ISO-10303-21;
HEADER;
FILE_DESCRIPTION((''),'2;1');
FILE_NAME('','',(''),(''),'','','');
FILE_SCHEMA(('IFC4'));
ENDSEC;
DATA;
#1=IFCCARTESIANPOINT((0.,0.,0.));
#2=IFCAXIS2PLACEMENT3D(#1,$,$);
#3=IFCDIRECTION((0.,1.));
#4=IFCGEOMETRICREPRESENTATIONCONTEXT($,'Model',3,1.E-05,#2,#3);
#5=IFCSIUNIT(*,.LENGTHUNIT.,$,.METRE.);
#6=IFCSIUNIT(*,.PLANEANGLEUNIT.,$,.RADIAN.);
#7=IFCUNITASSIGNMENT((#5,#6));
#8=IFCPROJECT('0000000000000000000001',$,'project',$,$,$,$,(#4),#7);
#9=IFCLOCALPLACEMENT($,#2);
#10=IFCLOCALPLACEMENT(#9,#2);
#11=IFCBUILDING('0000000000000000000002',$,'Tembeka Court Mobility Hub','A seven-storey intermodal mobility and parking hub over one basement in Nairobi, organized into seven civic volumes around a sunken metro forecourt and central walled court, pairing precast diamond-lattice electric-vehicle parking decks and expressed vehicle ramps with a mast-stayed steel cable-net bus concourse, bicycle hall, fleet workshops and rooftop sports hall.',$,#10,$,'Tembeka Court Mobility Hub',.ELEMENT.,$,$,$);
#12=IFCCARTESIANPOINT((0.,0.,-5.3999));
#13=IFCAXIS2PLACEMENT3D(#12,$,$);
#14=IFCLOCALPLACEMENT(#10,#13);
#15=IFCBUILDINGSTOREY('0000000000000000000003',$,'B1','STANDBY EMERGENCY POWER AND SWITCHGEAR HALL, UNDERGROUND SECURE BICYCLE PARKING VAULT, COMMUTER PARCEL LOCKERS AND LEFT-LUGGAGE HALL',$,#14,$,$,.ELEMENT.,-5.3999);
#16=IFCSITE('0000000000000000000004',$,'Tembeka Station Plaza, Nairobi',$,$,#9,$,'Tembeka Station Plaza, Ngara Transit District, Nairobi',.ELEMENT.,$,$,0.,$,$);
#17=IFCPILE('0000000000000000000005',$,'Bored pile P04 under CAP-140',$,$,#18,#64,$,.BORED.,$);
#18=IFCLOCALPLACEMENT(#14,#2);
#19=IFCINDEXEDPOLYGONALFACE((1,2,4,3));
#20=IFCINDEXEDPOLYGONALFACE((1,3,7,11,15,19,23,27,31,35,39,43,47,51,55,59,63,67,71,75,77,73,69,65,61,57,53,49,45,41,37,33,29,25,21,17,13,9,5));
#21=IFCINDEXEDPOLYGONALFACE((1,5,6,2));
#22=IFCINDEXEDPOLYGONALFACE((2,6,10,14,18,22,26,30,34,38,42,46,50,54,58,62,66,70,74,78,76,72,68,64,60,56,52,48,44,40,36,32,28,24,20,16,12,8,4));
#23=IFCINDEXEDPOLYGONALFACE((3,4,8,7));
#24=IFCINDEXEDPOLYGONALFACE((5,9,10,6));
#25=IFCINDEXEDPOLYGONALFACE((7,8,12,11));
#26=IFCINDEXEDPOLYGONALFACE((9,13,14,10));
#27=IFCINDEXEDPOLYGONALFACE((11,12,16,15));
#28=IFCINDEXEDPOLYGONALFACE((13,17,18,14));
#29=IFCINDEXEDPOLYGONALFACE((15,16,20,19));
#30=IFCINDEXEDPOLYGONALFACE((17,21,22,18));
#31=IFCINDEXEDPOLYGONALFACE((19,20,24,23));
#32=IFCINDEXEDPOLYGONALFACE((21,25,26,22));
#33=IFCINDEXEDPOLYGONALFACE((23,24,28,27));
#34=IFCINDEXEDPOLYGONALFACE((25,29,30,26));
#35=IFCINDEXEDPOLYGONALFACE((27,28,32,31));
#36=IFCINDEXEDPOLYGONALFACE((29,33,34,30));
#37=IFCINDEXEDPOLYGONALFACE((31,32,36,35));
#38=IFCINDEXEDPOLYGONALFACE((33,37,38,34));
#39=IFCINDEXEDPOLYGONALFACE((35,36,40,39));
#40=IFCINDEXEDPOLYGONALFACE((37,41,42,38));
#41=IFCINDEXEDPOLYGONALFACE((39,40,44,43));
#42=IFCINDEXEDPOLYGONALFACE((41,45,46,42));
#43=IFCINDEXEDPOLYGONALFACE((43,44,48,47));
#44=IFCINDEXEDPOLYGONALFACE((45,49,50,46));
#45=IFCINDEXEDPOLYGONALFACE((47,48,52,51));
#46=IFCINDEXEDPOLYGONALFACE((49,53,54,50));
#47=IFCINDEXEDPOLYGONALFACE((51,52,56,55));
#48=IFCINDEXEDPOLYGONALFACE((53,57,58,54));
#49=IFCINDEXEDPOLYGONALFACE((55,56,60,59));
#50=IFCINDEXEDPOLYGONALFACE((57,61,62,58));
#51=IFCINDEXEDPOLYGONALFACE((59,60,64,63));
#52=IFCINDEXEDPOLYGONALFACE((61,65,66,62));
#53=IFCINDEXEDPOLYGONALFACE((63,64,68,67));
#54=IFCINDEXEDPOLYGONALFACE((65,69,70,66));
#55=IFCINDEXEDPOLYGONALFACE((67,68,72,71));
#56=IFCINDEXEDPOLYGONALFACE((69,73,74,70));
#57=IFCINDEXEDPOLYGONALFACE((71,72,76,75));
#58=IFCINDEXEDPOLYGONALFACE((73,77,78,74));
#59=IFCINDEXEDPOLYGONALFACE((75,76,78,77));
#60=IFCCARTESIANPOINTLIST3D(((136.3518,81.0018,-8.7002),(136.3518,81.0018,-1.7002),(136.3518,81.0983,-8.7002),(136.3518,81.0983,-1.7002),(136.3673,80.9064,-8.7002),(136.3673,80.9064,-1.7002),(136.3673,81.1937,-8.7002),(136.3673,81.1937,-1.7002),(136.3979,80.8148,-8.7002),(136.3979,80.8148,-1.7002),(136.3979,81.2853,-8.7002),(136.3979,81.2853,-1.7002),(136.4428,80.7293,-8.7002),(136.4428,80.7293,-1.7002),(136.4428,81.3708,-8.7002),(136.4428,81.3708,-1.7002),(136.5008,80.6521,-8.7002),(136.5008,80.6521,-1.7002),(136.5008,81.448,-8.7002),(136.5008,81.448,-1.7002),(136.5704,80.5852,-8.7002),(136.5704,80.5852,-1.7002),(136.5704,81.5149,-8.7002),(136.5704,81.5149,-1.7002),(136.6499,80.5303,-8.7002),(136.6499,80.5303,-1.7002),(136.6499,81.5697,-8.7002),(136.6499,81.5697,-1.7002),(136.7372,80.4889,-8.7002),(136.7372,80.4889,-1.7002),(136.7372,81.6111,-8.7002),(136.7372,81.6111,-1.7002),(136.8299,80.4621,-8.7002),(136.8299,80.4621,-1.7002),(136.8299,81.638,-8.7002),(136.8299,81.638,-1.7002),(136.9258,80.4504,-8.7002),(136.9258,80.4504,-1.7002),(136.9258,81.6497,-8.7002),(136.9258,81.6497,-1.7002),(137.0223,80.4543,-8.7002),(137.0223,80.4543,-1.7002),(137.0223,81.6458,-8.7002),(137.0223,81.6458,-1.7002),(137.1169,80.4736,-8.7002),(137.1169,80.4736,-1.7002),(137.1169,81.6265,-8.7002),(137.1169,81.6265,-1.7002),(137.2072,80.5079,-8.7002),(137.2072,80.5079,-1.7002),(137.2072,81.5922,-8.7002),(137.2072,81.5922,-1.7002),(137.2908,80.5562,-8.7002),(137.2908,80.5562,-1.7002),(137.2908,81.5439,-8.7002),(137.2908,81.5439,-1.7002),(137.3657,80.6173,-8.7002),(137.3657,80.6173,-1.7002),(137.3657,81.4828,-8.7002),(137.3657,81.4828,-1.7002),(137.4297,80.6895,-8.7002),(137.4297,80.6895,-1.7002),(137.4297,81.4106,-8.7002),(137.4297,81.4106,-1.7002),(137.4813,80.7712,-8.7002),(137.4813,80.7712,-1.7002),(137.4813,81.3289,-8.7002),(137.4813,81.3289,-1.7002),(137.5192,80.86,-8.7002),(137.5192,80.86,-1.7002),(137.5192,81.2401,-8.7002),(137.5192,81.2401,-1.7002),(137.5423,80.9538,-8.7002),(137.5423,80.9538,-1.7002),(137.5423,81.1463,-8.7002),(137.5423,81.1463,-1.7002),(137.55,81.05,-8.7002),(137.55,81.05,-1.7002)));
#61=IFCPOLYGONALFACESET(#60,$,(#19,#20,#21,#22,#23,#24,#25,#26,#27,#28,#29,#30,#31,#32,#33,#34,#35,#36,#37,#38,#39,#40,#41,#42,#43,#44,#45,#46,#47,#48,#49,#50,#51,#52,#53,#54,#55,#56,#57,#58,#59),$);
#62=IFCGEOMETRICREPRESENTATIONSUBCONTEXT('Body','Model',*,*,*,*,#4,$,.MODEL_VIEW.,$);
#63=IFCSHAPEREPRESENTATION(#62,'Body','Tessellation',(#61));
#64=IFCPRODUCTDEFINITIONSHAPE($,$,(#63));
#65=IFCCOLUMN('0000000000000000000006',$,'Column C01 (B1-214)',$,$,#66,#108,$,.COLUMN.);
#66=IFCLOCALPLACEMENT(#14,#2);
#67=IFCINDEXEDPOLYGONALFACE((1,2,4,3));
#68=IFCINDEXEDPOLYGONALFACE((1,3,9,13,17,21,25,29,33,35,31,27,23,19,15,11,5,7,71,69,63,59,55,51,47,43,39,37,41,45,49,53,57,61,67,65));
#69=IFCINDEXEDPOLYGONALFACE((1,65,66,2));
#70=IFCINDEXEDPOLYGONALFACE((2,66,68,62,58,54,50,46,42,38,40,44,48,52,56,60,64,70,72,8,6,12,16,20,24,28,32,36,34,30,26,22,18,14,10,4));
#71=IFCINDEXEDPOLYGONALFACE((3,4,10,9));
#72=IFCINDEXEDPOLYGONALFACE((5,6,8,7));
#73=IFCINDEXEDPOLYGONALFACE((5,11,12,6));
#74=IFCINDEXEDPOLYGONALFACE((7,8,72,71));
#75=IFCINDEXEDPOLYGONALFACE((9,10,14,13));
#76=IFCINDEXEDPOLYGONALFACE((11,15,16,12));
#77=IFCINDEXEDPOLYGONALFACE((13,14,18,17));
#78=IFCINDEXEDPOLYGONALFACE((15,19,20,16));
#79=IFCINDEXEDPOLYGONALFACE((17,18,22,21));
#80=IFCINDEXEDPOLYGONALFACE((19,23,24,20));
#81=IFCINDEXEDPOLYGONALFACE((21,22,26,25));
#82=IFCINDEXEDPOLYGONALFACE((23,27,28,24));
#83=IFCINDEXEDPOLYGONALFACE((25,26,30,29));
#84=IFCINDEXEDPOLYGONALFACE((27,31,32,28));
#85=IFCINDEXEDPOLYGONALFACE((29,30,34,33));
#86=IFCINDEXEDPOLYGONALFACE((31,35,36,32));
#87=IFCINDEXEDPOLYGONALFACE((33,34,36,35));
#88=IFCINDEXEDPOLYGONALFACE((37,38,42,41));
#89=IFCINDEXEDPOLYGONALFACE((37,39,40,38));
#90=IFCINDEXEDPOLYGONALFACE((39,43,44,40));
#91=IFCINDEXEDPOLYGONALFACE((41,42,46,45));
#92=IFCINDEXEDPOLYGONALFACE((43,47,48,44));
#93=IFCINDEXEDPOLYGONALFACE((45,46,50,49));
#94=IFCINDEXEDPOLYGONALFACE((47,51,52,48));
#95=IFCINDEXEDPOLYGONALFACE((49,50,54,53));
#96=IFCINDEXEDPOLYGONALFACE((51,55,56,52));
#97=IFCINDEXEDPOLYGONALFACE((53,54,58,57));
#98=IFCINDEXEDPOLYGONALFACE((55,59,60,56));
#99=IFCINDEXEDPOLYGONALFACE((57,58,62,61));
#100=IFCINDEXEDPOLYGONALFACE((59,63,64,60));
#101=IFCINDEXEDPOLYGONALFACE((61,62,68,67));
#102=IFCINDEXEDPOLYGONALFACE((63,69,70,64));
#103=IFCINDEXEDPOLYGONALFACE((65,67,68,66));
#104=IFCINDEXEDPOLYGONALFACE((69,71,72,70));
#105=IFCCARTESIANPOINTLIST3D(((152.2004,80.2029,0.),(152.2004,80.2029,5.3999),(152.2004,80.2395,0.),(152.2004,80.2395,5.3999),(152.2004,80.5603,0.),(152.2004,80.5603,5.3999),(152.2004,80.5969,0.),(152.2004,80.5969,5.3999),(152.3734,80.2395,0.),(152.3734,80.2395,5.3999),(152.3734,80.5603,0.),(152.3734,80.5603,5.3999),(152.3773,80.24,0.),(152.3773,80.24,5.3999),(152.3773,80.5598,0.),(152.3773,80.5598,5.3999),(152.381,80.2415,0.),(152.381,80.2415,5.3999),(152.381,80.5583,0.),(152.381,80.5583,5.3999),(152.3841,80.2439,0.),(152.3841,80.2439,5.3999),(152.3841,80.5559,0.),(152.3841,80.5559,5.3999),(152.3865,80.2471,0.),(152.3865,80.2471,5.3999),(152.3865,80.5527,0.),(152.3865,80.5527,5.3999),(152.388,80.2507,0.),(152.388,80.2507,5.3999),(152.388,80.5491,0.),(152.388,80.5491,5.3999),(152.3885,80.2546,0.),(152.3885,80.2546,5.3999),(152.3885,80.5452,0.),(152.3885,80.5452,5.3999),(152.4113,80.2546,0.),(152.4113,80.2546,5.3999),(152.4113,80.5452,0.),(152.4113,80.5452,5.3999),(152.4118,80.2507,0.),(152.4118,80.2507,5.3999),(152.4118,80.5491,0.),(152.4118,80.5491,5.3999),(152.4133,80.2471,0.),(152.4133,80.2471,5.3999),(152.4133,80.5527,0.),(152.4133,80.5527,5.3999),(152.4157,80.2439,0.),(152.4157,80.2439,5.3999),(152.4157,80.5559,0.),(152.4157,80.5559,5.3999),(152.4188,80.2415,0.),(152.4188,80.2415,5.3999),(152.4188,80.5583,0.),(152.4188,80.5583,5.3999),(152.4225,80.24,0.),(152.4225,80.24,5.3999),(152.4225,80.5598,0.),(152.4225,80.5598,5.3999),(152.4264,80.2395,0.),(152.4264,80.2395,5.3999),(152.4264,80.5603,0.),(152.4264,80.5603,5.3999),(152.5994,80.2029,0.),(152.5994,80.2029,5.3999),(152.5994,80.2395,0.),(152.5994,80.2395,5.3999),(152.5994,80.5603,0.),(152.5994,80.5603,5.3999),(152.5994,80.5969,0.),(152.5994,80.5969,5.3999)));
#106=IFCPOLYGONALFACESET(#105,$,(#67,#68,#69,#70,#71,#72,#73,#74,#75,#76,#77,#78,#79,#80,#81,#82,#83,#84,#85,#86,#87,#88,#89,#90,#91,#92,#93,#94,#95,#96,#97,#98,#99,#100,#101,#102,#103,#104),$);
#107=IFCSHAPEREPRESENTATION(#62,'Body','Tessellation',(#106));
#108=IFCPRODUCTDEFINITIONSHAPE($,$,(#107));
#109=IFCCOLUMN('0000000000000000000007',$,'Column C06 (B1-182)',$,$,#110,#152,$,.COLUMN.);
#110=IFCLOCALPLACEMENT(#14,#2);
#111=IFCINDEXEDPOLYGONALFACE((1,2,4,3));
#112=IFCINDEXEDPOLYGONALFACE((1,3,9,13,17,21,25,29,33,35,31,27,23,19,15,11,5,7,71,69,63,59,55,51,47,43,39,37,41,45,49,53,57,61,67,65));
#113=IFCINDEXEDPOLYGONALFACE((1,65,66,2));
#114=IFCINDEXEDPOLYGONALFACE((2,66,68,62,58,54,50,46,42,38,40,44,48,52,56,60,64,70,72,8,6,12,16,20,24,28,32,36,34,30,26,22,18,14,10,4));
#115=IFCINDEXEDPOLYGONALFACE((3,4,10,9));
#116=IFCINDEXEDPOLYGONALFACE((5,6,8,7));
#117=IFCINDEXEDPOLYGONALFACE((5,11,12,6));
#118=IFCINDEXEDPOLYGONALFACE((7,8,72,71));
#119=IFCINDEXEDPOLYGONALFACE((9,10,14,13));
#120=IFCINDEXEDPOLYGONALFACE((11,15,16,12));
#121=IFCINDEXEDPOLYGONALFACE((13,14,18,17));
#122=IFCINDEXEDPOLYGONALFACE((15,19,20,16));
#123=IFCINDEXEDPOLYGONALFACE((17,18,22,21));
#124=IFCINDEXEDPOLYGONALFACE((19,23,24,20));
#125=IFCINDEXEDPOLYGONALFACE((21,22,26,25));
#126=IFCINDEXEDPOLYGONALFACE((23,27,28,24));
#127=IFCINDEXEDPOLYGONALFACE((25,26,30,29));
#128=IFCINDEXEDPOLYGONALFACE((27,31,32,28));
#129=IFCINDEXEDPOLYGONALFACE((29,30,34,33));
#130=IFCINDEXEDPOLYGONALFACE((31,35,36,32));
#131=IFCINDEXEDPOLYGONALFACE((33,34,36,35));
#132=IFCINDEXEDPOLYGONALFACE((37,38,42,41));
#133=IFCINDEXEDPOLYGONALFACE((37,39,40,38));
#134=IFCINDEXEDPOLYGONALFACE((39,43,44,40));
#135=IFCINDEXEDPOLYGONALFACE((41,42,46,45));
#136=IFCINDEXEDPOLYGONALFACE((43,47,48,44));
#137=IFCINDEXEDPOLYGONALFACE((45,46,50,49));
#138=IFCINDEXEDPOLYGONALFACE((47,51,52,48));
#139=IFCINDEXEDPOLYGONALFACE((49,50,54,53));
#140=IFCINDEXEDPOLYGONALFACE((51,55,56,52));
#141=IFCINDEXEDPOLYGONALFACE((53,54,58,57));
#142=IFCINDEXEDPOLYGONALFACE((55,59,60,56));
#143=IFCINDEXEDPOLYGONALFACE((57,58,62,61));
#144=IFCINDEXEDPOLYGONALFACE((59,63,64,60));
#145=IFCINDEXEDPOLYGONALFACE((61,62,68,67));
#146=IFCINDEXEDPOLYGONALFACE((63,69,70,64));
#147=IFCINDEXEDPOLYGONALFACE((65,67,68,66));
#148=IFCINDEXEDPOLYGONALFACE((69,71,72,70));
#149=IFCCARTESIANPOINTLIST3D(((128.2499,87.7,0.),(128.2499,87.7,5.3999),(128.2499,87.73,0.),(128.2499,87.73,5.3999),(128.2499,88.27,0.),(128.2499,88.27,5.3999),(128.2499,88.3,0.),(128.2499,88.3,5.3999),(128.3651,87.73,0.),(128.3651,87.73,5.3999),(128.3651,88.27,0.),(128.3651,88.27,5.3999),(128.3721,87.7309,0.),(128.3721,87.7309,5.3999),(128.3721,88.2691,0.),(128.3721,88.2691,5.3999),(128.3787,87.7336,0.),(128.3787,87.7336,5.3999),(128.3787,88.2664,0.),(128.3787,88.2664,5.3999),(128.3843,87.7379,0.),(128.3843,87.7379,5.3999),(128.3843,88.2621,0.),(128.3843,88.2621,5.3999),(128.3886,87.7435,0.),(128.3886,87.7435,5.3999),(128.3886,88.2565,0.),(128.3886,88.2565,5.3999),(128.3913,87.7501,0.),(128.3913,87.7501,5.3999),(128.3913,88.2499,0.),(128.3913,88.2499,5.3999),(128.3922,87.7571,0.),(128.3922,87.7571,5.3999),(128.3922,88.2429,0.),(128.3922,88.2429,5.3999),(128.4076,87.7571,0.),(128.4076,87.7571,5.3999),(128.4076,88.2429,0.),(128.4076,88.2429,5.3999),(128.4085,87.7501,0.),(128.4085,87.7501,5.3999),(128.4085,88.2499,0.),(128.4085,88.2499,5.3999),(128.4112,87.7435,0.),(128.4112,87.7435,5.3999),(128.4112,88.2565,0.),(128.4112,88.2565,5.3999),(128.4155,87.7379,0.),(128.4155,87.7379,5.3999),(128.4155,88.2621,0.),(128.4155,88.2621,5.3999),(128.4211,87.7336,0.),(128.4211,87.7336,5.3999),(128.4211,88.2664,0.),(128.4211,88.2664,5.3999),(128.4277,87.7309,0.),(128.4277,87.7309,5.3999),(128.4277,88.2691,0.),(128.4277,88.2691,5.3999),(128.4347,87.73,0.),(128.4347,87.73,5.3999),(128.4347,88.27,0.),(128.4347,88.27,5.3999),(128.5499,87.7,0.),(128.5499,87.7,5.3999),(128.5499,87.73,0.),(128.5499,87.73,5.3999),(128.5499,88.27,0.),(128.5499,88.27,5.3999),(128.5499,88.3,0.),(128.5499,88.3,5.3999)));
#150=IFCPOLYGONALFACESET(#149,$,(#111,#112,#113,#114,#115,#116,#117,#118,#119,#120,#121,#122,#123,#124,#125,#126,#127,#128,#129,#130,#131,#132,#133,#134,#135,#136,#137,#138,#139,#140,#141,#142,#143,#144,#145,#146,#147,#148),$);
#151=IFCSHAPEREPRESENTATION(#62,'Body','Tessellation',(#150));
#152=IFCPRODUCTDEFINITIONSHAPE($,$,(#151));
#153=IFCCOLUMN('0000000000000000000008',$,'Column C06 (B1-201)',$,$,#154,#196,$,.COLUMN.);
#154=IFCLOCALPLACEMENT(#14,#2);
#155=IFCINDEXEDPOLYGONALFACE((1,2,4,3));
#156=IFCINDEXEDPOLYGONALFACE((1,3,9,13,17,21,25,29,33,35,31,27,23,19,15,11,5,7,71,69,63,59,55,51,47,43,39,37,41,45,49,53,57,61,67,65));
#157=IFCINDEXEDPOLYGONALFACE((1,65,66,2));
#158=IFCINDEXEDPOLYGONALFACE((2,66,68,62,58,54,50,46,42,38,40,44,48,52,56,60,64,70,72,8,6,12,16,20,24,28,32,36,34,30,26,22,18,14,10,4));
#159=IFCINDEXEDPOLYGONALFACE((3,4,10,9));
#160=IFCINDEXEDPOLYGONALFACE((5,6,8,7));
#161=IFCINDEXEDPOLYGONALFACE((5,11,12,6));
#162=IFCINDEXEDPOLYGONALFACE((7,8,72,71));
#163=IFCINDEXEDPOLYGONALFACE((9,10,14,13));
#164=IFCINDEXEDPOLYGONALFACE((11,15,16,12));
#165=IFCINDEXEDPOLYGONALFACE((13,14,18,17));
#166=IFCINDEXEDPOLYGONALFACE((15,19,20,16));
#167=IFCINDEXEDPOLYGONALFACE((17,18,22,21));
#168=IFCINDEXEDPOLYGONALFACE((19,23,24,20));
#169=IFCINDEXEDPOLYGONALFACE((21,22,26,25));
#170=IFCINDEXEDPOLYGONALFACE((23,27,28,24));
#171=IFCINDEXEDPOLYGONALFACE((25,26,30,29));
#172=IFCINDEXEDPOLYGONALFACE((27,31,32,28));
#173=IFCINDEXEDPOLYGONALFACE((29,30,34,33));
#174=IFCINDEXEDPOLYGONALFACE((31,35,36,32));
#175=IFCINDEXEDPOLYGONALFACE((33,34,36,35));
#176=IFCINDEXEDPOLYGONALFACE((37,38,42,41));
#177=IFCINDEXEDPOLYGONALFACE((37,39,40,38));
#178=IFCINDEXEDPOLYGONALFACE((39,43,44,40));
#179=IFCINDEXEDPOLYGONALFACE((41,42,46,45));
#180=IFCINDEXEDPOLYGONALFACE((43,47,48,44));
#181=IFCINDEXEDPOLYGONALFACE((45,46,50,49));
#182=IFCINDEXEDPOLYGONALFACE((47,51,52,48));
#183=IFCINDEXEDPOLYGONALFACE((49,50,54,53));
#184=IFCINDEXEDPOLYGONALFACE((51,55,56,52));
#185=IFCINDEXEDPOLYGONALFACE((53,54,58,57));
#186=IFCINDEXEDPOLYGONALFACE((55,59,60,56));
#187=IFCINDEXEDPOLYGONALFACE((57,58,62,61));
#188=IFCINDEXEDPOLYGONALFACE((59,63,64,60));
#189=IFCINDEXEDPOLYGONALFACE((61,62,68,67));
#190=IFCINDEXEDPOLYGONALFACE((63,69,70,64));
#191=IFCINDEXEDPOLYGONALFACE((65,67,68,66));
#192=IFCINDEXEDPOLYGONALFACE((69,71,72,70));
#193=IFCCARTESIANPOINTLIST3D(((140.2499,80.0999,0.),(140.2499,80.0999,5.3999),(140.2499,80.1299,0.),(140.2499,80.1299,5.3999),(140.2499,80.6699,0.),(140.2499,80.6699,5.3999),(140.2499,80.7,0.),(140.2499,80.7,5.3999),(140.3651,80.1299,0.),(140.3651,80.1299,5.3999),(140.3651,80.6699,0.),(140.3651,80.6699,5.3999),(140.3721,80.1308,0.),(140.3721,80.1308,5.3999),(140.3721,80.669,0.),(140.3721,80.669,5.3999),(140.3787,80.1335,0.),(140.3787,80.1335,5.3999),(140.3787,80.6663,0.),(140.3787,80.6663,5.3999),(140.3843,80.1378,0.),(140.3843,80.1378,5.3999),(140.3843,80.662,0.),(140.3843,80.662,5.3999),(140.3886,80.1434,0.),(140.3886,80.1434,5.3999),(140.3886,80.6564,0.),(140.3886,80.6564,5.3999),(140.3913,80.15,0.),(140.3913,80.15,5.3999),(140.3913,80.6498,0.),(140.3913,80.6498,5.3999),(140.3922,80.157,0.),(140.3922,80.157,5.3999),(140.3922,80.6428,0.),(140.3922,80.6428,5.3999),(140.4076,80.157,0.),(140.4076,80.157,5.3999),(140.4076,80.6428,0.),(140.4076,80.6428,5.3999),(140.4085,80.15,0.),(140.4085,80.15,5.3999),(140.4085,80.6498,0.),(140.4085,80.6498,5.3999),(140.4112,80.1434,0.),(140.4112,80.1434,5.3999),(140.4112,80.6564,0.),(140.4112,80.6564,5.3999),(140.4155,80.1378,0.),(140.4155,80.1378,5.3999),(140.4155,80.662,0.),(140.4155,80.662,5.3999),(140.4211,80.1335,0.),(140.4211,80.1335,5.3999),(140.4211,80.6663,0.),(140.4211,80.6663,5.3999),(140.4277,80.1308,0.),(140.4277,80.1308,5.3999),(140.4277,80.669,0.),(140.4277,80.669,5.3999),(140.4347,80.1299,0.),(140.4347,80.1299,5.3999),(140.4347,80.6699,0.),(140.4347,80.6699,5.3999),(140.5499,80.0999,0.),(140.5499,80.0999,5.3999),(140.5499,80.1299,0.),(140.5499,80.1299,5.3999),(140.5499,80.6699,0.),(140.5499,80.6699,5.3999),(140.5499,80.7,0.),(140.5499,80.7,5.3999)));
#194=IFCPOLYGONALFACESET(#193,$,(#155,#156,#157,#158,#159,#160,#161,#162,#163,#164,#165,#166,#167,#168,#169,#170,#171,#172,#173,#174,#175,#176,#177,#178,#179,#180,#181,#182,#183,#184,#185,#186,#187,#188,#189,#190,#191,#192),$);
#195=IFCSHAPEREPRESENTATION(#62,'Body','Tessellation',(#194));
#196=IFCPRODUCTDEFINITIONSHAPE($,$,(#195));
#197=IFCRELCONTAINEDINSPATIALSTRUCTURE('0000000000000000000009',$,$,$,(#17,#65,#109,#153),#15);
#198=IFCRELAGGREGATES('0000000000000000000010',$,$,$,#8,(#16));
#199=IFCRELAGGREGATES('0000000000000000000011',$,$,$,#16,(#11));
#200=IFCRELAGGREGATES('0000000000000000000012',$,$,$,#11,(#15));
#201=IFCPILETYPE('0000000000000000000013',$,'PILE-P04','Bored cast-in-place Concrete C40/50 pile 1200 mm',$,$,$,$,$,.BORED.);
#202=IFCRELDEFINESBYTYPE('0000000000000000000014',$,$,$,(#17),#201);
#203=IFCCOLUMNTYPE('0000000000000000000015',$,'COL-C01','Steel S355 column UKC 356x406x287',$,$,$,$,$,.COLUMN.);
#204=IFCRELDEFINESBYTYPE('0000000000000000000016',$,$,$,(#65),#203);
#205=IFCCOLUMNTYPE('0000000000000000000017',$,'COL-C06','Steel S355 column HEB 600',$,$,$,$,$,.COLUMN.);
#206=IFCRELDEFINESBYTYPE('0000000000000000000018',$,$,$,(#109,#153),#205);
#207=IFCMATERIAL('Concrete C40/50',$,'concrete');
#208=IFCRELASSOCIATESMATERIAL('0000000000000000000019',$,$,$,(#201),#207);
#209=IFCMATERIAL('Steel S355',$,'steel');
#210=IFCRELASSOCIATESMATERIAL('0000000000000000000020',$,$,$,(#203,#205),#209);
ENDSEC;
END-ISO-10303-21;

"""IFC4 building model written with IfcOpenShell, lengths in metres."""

from ifc_helpers import new_model, si_unit, direction, frame, origin, origin_2d, place, context, subcontext, project, spatial, circle, i_section, extrude, material, material_profile, profile_set, type_object, element, save


model = new_model("IFC4")

# Units and contexts
model_context = context("Model", 3, precision=1e-05, world=origin(), true_north=direction((0.0, 1.0)))
body_context = subcontext(model_context, "Body", "Model", "MODEL_VIEW")
ifc_project = project(units=[si_unit("LENGTHUNIT", "METRE"), si_unit("PLANEANGLEUNIT", "RADIAN")], contexts=[model_context])

# Site, building, storey
site_placement = place(None, origin())
site = spatial("IfcSite", under=ifc_project, at=site_placement, Name="Tembeka Station Plaza, Nairobi", LongName="Tembeka Station Plaza, Ngara Transit District, Nairobi", CompositionType="ELEMENT", RefElevation=0.0)
building_placement = place(site_placement, origin())
building = spatial("IfcBuilding", under=site, at=building_placement, Name="Tembeka Court Mobility Hub", Description="A seven-storey intermodal mobility and parking hub over one basement in Nairobi, organized into seven civic volumes around a sunken metro forecourt and central walled court, pairing precast diamond-lattice electric-vehicle parking decks and expressed vehicle ramps with a mast-stayed steel cable-net bus concourse, bicycle hall, fleet workshops and rooftop sports hall.", LongName="Tembeka Court Mobility Hub", CompositionType="ELEMENT")
storey_placement = place(building_placement, frame((0.0, 0.0, -5.3999)))
storey = spatial("IfcBuildingStorey", under=building, at=storey_placement, Name="B1", Description="STANDBY EMERGENCY POWER AND SWITCHGEAR HALL, UNDERGROUND SECURE BICYCLE PARKING VAULT, COMMUTER PARCEL LOCKERS AND LEFT-LUGGAGE HALL", CompositionType="ELEMENT", Elevation=-5.3999)

# Shared definitions
ifc_material_1 = material(Name="Concrete C40/50", Category="concrete")

# Pile
ifc_material_profile_1 = material_profile(ifc_material_1, circle(Radius=0.6001, at=origin_2d()), Name="PILE D1200")
ifc_profile_set_1 = profile_set([ifc_material_profile_1], Name="Concrete C40/50")
pile_type_1 = type_object("IfcPileType", Name="PILE-P04", Description="Bored cast-in-place Concrete C40/50 pile 1200 mm", PredefinedType="BORED", material=ifc_profile_set_1)
for number, where, z_axis, x_axis, name in (
    (1, (136.95, 81.05, -1.7002), (0.0, 0.0, -1.0), (1.0, 0.0, 0.0), "Bored pile P04 under CAP-140"),
):
    element("IfcPile", number, at=place(storey_placement, frame(where, z_axis=z_axis, x_axis=x_axis)), inside=storey, type_object=pile_type_1, Name=name, PredefinedType="BORED", context=body_context, shape_type="SweptSolid", body=[
        extrude(circle(Radius=0.6001, at=origin_2d()), origin(), (0.0, 0.0, 1.0), 7.0),
    ])

# Columns
ifc_material_2 = material(Name="Steel S355", Category="steel")
ifc_material_profile_2 = material_profile(ifc_material_2, i_section(OverallWidth=0.3989, OverallDepth=0.394, WebThickness=0.0227, FlangeThickness=0.0366, FilletRadius=0.0151, at=origin_2d()), Name="UKC 356x406x287")
ifc_profile_set_2 = profile_set([ifc_material_profile_2], Name="Steel S355")
column_type_1 = type_object("IfcColumnType", Name="COL-C01", Description="Steel S355 column UKC 356x406x287", PredefinedType="COLUMN", material=ifc_profile_set_2)
column_placement = place(storey_placement, frame((152.3999, 80.3999, 0.0), z_axis=(0.0, 0.0, 1.0), x_axis=(1.0, 0.0, 0.0)))
element("IfcColumn", 2, at=column_placement, inside=storey, type_object=column_type_1, Name="Column C01 (B1-214)", PredefinedType="COLUMN", context=body_context, shape_type="SweptSolid", body=[
    extrude(i_section(OverallWidth=0.3989, OverallDepth=0.394, WebThickness=0.0227, FlangeThickness=0.0366, FilletRadius=0.0151, at=origin_2d()), origin(), (0.0, 0.0, 1.0), 5.3999),
])
ifc_material_profile_3 = material_profile(ifc_material_2, i_section(OverallWidth=0.3, OverallDepth=0.6001, WebThickness=0.0154, FlangeThickness=0.03, FilletRadius=0.0271, at=origin_2d()), Name="HEB 600")
ifc_profile_set_3 = profile_set([ifc_material_profile_3], Name="Steel S355")
column_type_2 = type_object("IfcColumnType", Name="COL-C06", Description="Steel S355 column HEB 600", PredefinedType="COLUMN", material=ifc_profile_set_3)
for number, where, z_axis, x_axis, name in (
    (3, (128.3999, 88.0, 0.0), (0.0, 0.0, 1.0), (1.0, 0.0, 0.0), "Column C06 (B1-182)"),
    (4, (140.3999, 80.3999, 0.0), (0.0, 0.0, 1.0), (1.0, 0.0, 0.0), "Column C06 (B1-201)"),
):
    element("IfcColumn", number, at=place(storey_placement, frame(where, z_axis=z_axis, x_axis=x_axis)), inside=storey, type_object=column_type_2, Name=name, PredefinedType="COLUMN", context=body_context, shape_type="SweptSolid", body=[
        extrude(i_section(OverallWidth=0.3, OverallDepth=0.6001, WebThickness=0.0154, FlangeThickness=0.03, FilletRadius=0.0271, at=origin_2d()), origin(), (0.0, 0.0, 1.0), 5.3999),
    ])

save(model, "model.ifc")
